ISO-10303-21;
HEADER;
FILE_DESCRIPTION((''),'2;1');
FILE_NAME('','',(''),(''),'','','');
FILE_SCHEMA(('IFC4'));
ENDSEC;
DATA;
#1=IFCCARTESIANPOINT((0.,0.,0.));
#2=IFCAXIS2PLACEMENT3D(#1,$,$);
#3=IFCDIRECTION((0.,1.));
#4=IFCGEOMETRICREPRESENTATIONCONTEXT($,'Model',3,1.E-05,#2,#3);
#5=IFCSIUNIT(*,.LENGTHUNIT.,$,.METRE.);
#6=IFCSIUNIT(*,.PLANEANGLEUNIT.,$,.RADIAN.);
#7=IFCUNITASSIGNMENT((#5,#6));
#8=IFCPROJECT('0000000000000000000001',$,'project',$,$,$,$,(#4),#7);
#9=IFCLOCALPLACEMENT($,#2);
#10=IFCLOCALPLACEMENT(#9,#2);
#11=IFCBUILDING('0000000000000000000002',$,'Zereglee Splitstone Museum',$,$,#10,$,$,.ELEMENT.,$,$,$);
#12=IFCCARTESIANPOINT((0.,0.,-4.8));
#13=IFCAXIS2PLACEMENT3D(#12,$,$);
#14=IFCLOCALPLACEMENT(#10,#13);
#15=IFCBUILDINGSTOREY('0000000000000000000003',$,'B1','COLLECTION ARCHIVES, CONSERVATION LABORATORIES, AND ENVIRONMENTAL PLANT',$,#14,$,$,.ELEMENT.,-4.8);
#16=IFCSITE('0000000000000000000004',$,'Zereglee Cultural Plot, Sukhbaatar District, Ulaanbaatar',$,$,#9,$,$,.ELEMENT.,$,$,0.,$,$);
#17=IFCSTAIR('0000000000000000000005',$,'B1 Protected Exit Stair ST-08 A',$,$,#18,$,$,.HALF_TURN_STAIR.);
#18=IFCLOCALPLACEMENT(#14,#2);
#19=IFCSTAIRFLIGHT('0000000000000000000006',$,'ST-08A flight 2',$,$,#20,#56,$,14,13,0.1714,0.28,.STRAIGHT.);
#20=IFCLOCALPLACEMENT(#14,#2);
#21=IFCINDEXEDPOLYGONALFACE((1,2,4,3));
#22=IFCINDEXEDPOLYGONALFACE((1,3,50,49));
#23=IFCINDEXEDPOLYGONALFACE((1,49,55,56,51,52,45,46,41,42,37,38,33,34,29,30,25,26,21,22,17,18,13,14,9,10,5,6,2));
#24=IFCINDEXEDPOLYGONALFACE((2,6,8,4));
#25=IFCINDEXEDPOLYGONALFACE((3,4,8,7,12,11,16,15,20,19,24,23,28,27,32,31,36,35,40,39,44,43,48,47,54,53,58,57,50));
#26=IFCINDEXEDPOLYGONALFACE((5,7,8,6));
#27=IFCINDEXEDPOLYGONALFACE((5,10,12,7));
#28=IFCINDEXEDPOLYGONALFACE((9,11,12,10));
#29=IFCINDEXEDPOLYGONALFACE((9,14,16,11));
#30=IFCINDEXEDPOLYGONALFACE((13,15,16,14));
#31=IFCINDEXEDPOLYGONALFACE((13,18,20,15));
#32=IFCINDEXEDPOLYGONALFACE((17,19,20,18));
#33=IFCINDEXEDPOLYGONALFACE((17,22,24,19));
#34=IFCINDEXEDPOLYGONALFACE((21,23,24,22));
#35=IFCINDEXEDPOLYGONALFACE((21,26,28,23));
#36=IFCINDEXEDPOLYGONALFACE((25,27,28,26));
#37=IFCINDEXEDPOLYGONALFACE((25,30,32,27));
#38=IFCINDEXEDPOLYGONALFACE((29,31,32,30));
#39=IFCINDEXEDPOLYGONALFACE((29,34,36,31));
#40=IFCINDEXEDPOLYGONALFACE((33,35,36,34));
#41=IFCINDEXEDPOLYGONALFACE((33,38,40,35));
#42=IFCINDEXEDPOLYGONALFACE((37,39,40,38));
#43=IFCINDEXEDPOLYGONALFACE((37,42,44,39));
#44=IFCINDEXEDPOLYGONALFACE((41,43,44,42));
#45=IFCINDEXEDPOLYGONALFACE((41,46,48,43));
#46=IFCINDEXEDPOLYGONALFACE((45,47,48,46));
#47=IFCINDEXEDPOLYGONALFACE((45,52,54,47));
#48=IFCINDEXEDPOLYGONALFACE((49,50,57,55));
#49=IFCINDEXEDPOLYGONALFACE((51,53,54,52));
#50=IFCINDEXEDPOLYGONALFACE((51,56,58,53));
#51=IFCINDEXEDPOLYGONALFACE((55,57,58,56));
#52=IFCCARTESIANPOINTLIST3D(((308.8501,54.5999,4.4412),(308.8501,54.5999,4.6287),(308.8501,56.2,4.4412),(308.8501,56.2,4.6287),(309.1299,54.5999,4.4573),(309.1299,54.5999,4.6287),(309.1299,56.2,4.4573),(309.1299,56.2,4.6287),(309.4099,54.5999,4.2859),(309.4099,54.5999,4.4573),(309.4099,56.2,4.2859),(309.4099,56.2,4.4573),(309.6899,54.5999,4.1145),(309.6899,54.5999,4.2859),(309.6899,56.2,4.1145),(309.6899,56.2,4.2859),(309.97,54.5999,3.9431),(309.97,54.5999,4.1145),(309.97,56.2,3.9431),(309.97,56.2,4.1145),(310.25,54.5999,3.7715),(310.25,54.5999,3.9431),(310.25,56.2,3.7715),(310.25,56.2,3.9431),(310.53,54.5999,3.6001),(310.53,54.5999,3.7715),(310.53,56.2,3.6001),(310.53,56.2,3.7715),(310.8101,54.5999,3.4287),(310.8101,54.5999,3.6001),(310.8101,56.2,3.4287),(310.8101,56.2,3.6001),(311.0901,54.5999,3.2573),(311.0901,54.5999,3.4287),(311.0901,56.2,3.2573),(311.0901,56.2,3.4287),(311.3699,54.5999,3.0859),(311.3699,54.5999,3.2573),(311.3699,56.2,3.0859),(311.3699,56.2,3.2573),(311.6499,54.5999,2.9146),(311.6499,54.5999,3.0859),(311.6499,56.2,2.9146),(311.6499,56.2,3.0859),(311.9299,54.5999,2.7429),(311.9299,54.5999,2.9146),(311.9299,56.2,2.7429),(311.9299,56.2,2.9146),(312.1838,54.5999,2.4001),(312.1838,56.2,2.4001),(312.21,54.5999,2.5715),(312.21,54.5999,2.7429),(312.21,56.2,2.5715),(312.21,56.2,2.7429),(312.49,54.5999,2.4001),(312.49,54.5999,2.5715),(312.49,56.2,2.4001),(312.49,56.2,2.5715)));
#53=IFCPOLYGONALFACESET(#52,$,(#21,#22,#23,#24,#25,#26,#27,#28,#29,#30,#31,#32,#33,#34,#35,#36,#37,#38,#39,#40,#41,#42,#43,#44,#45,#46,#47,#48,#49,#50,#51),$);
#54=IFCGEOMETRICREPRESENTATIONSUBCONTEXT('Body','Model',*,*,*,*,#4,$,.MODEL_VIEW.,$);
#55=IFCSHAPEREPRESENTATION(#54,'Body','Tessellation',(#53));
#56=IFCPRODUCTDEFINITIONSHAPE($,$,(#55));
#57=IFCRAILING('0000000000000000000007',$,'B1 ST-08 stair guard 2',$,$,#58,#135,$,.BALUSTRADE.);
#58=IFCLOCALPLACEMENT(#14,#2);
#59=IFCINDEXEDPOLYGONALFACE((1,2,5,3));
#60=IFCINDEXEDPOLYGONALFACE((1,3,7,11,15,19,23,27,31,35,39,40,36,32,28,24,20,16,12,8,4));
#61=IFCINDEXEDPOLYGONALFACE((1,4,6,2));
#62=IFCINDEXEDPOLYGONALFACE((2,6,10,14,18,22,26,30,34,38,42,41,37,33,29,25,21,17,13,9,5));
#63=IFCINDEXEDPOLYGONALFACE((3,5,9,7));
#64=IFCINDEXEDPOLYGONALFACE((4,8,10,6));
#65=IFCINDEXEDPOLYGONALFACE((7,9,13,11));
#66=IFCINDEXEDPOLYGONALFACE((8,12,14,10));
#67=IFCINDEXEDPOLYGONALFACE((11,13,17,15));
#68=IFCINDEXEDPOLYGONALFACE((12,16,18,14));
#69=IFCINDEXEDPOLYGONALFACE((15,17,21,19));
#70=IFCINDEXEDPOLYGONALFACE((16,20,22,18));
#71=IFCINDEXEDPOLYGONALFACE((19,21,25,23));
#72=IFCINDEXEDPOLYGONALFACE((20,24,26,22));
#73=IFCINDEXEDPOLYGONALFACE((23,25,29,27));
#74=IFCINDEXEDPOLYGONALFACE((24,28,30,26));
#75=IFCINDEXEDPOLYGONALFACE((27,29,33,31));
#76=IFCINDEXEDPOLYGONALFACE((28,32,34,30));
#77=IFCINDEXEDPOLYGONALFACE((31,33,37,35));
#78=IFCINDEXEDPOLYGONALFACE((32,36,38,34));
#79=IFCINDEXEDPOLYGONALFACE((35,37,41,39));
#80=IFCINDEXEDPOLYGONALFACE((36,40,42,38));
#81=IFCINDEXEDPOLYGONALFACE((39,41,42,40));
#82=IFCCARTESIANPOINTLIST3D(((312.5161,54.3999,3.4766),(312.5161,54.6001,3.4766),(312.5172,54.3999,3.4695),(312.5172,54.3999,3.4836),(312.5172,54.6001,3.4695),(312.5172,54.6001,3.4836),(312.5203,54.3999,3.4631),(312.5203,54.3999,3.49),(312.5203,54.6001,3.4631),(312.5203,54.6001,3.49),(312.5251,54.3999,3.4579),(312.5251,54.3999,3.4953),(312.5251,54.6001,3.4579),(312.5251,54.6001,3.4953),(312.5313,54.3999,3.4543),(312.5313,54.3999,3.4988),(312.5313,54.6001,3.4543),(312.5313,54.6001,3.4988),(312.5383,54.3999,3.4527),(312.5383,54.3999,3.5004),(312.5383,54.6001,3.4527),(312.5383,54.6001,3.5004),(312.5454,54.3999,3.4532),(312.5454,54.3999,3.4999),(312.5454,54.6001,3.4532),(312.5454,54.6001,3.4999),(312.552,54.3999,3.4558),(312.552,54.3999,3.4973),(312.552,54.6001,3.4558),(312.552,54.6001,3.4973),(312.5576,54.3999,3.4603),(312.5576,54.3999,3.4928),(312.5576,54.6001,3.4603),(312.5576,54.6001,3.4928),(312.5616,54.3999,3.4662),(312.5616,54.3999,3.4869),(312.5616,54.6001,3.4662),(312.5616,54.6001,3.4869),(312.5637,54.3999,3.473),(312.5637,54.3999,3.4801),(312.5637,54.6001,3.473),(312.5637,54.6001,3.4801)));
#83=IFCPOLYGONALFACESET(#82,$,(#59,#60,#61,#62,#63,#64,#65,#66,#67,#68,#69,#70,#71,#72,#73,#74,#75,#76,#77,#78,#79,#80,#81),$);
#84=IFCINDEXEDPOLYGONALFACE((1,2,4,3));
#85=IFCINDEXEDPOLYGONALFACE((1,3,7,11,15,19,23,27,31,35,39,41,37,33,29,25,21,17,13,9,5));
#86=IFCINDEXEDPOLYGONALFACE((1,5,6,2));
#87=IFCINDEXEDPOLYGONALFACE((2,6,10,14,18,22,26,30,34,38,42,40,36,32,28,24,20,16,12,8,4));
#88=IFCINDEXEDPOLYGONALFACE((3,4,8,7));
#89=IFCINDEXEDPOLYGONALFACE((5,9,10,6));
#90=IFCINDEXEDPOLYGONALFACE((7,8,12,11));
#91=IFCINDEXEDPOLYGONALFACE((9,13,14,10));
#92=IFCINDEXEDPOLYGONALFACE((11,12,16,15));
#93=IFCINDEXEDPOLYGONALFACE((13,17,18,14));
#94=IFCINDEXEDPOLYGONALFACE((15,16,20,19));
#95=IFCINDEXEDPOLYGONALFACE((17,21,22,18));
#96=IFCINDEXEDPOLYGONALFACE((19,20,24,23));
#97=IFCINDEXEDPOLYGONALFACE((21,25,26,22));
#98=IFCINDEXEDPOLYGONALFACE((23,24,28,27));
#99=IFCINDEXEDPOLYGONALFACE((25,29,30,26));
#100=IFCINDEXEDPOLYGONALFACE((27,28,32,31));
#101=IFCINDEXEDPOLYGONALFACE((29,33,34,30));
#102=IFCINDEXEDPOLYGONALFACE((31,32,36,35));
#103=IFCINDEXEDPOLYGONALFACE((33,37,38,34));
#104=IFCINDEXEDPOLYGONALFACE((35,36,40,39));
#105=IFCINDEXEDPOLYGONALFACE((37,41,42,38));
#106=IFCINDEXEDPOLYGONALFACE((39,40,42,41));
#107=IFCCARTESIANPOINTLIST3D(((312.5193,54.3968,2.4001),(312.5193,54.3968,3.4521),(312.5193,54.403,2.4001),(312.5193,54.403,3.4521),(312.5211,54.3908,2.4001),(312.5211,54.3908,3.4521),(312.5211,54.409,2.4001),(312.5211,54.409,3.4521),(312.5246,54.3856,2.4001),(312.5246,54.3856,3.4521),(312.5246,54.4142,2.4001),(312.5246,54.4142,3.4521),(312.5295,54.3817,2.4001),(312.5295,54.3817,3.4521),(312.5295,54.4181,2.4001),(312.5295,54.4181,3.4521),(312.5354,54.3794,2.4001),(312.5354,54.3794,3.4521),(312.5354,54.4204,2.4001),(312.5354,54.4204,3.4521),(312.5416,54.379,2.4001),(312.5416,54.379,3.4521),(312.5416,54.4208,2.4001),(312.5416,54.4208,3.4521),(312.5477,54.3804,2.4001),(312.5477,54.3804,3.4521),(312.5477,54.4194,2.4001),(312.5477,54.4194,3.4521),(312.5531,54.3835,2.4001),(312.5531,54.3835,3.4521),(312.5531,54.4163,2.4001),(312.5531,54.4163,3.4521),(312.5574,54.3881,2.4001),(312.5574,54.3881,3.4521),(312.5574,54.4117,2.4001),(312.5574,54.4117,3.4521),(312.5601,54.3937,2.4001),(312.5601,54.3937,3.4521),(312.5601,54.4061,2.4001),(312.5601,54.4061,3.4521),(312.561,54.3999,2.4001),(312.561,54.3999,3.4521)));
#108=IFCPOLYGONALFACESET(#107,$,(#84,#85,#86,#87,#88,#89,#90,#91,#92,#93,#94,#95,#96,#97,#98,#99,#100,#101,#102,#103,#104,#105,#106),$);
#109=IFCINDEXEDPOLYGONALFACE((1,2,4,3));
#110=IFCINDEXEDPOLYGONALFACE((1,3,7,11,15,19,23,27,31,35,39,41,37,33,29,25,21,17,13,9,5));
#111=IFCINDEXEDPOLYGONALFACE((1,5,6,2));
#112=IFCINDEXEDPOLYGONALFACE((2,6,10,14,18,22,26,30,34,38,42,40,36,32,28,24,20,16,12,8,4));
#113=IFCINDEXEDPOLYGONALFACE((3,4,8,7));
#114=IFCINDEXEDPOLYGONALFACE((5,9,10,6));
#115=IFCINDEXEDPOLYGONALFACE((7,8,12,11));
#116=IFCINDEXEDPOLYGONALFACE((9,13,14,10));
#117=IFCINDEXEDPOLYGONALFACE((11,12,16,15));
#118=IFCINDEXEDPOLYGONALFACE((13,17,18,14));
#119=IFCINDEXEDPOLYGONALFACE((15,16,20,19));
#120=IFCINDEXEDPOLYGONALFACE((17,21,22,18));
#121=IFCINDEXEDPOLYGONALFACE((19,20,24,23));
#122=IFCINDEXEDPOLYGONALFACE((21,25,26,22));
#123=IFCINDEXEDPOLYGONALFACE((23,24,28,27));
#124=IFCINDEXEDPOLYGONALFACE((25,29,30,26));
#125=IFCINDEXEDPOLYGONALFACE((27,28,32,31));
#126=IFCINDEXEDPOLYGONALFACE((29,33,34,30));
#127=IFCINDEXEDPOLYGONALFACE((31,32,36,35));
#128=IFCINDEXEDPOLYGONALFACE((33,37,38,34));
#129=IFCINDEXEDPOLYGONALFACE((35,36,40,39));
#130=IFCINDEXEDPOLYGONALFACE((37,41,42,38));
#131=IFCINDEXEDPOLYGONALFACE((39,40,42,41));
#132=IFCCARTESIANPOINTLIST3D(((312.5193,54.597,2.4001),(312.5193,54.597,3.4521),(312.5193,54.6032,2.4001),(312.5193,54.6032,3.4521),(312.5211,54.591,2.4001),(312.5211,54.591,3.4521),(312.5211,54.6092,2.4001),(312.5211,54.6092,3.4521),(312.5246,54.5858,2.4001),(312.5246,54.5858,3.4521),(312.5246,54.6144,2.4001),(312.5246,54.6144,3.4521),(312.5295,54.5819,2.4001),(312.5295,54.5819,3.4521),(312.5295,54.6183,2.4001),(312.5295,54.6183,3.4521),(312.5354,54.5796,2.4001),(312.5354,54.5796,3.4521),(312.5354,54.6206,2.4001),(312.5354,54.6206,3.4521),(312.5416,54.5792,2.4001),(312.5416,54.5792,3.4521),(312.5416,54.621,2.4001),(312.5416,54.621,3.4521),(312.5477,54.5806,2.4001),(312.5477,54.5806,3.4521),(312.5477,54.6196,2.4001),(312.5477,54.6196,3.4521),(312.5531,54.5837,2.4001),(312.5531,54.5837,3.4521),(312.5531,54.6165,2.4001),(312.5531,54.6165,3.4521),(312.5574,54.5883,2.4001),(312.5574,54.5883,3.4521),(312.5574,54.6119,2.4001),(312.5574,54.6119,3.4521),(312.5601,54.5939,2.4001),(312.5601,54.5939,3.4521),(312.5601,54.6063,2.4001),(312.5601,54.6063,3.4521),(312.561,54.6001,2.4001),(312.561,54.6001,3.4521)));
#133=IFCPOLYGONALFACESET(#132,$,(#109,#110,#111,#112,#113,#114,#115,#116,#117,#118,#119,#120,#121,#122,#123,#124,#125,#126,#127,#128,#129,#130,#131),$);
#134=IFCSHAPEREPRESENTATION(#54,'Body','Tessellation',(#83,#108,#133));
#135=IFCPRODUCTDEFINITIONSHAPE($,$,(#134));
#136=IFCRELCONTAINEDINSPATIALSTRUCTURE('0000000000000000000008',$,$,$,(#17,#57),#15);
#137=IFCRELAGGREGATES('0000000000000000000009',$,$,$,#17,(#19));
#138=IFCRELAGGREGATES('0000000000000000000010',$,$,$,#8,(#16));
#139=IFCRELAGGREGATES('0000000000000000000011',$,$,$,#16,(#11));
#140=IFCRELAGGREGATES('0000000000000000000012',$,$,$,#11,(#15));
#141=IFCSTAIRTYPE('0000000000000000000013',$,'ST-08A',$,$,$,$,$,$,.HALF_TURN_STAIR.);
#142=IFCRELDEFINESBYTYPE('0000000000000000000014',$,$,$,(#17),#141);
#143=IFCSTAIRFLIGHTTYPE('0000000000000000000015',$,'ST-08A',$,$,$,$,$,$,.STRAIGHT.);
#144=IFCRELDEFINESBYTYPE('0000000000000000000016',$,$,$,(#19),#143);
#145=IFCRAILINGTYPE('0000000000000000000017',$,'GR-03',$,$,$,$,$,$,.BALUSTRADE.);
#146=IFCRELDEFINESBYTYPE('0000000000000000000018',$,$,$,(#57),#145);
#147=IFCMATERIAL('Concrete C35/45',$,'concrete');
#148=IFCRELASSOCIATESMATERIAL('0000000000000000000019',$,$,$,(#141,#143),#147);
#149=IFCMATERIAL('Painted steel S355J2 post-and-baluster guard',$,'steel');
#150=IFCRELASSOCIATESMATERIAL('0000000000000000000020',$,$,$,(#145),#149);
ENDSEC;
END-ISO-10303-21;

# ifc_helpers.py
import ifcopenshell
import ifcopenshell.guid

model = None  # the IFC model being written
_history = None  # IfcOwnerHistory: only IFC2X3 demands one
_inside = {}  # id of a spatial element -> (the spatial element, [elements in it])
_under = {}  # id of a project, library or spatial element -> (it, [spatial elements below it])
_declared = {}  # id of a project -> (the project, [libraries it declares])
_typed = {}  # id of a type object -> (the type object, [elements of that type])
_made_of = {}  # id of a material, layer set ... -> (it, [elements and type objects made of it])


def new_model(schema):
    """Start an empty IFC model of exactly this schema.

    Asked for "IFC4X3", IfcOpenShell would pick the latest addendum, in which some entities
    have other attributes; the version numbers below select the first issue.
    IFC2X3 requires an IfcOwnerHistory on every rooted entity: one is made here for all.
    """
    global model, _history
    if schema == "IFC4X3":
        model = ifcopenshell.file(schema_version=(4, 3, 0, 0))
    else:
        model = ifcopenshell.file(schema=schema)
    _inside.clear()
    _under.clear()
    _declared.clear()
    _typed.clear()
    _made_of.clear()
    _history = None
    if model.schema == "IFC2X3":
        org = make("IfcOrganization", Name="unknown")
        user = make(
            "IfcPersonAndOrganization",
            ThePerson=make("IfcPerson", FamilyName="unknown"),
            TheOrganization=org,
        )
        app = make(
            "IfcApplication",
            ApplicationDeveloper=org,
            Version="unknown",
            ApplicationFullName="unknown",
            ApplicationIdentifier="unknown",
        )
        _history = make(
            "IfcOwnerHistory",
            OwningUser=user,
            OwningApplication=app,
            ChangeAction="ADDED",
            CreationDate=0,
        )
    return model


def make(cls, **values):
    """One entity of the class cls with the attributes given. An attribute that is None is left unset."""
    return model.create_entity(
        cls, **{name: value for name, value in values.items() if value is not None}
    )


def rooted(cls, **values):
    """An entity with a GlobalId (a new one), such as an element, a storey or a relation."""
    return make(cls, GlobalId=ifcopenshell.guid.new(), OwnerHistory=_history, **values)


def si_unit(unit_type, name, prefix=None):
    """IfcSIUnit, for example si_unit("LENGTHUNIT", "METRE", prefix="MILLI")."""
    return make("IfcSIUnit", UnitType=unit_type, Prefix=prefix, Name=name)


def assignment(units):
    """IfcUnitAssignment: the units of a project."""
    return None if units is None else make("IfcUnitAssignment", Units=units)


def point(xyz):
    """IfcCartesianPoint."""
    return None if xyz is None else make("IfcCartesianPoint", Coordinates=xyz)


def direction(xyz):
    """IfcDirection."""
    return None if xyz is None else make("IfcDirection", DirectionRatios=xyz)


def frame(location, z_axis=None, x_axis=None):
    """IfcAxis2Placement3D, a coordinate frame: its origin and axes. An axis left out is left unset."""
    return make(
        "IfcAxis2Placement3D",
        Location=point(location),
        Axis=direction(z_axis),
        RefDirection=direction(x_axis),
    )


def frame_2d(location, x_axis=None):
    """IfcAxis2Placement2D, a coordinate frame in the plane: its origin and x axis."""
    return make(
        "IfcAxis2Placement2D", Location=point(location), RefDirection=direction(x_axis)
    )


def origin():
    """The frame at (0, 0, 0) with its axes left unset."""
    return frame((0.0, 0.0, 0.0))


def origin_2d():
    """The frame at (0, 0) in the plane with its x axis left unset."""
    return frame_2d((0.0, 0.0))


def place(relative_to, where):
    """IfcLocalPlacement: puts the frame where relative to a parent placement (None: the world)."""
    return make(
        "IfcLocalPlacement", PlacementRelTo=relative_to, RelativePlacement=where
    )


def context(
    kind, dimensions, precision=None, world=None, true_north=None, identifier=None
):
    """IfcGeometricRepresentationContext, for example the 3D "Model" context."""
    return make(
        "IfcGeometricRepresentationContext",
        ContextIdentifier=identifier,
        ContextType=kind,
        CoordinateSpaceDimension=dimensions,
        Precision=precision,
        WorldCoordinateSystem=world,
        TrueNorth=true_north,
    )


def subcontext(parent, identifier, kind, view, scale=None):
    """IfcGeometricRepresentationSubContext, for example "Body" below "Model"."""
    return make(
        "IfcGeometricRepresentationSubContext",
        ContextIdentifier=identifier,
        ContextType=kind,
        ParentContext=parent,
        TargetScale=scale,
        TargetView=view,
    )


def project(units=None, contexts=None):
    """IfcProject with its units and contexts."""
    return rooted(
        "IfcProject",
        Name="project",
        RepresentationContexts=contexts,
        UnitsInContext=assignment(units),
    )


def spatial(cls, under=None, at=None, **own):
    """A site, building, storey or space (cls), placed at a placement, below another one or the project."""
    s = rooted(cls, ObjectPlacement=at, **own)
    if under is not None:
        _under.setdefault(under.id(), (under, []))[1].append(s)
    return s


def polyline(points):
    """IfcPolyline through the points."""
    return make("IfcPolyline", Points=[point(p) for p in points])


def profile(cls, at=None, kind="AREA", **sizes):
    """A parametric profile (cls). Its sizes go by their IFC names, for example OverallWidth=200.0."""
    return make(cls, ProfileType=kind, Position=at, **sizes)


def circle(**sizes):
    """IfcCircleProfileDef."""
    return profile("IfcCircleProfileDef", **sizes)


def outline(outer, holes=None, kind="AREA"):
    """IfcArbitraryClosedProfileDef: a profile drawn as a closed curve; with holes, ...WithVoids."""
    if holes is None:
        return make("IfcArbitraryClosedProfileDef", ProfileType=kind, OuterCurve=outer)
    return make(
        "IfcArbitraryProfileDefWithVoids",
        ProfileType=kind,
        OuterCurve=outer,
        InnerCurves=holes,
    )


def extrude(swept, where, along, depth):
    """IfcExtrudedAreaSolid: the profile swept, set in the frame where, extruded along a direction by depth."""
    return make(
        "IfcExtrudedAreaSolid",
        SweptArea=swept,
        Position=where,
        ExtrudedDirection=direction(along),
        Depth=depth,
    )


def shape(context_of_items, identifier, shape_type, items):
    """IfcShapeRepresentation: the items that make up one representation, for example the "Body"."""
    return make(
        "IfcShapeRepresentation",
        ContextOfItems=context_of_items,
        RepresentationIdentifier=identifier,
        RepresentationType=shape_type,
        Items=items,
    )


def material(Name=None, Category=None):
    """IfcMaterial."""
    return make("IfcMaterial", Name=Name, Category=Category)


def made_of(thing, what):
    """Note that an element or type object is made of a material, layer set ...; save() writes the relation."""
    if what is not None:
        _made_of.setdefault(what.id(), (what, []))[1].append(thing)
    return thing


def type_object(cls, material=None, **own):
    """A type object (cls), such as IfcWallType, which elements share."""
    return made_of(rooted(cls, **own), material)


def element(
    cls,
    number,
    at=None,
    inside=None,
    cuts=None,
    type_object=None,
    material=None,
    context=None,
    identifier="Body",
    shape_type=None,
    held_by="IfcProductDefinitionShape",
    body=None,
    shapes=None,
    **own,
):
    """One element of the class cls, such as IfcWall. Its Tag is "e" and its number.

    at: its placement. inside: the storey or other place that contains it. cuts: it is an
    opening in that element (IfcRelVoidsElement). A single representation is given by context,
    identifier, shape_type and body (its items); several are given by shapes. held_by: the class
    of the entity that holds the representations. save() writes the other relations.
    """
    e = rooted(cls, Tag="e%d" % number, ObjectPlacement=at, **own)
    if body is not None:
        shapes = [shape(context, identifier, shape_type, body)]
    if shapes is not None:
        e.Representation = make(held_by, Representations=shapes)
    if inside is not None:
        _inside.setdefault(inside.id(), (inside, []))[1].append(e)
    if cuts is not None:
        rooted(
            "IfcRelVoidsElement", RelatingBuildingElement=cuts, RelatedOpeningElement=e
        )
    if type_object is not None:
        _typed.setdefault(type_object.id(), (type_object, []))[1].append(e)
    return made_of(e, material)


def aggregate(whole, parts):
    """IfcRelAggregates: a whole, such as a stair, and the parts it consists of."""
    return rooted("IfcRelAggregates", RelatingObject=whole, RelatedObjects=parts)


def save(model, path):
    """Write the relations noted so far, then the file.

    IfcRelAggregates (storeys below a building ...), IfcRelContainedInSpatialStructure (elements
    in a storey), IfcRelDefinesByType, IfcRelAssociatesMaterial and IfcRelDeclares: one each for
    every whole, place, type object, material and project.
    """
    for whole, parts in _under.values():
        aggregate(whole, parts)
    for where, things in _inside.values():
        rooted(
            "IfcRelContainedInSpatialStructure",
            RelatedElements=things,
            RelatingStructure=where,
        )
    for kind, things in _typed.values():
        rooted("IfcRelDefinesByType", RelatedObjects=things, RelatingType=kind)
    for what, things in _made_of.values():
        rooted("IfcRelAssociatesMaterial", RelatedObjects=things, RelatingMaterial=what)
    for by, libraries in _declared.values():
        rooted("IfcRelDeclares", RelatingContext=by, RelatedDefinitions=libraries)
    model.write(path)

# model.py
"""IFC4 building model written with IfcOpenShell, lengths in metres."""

from ifc_helpers import new_model, si_unit, direction, frame, origin, origin_2d, place, context, subcontext, project, spatial, polyline, circle, outline, extrude, material, type_object, element, aggregate, save


model = new_model("IFC4")

# Units and contexts
model_context = context("Model", 3, precision=1e-05, world=origin(), true_north=direction((0.0, 1.0)))
body_context = subcontext(model_context, "Body", "Model", "MODEL_VIEW")
ifc_project = project(units=[si_unit("LENGTHUNIT", "METRE"), si_unit("PLANEANGLEUNIT", "RADIAN")], contexts=[model_context])

# Site, building, storey
site_placement = place(None, origin())
site = spatial("IfcSite", under=ifc_project, at=site_placement, Name="Zereglee Cultural Plot, Sukhbaatar District, Ulaanbaatar", CompositionType="ELEMENT", RefElevation=0.0)
building_placement = place(site_placement, origin())
building = spatial("IfcBuilding", under=site, at=building_placement, Name="Zereglee Splitstone Museum", CompositionType="ELEMENT")
storey_placement = place(building_placement, frame((0.0, 0.0, -4.8)))
storey = spatial("IfcBuildingStorey", under=building, at=storey_placement, Name="B1", Description="COLLECTION ARCHIVES, CONSERVATION LABORATORIES, AND ENVIRONMENTAL PLANT", CompositionType="ELEMENT", Elevation=-4.8)

# Stair, stair flight
ifc_material_1 = material(Name="Concrete C35/45", Category="concrete")
stair_type = type_object("IfcStairType", Name="ST-08A", PredefinedType="HALF_TURN_STAIR", material=ifc_material_1)
stair_placement = place(storey_placement, origin())
stair = element("IfcStair", 1, at=stair_placement, inside=storey, type_object=stair_type, Name="B1 Protected Exit Stair ST-08 A", PredefinedType="HALF_TURN_STAIR")
stair_flight_type = type_object("IfcStairFlightType", Name="ST-08A", PredefinedType="STRAIGHT", material=ifc_material_1)
stair_flight_placement = place(storey_placement, frame((312.49, 55.3999, 2.4001), z_axis=(0.0, 0.0, 1.0), x_axis=(-1.0, 0.0, 0.0)))
stair_flight = element("IfcStairFlight", 2, at=stair_flight_placement, type_object=stair_flight_type, Name="ST-08A flight 2", NumberOfRisers=14, NumberOfTreads=13, PredefinedType="STRAIGHT", RiserHeight=0.1714, TreadLength=0.28, context=body_context, shape_type="SweptSolid", body=[
    extrude(outline(polyline([(0.0, 0.0), (0.0, 0.1714), (0.28, 0.1714), (0.28, 0.3428), (0.5601, 0.3428), (0.5601, 0.5144), (0.8401, 0.5144), (0.8401, 0.6858), (1.1201, 0.6858), (1.1201, 0.8572), (1.3999, 0.8572), (1.3999, 1.0286), (1.6799, 1.0286), (1.6799, 1.2), (1.96, 1.2), (1.96, 1.3713), (2.24, 1.3713), (2.24, 1.543), (2.52, 1.543), (2.52, 1.7144), (2.8, 1.7144), (2.8, 1.8857), (3.0801, 1.8857), (3.0801, 2.0571), (3.3601, 2.0571), (3.3601, 2.2285), (3.6399, 2.2285), (3.6399, 2.3999), (3.6399, 2.041), (0.3062, 0.0), (0.0, 0.0)])), frame((0.0, 0.8, 0.0), z_axis=(0.0, -1.0, 0.0), x_axis=(1.0, 0.0, 0.0)), (0.0, 0.0, 1.0), 1.6001),
])
aggregate(stair, [stair_flight])

# Railing
ifc_material_2 = material(Name="Painted steel S355J2 post-and-baluster guard", Category="steel")
railing_type_1 = type_object("IfcRailingType", Name="GR-03", PredefinedType="BALUSTRADE", material=ifc_material_2)
railing_1_placement = place(storey_placement, frame((312.54, 54.3999, 2.4001)))
element("IfcRailing", 3, at=railing_1_placement, inside=storey, type_object=railing_type_1, Name="B1 ST-08 stair guard 2", PredefinedType="BALUSTRADE", context=body_context, shape_type="SweptSolid", body=[
    extrude(circle(Radius=0.0239, at=origin_2d()), frame((0.0, 0.0, 1.0764), z_axis=(0.0, 1.0, 0.0), x_axis=(-1.0, 0.0, 0.0)), (0.0, 0.0, 1.0), 0.2002),
    extrude(circle(Radius=0.021, at=origin_2d()), origin(), (0.0, 0.0, 1.0), 1.052),
    extrude(circle(Radius=0.021, at=origin_2d()), frame((0.0, 0.2002, 0.0)), (0.0, 0.0, 1.0), 1.052),
])

save(model, "model.ifc")
